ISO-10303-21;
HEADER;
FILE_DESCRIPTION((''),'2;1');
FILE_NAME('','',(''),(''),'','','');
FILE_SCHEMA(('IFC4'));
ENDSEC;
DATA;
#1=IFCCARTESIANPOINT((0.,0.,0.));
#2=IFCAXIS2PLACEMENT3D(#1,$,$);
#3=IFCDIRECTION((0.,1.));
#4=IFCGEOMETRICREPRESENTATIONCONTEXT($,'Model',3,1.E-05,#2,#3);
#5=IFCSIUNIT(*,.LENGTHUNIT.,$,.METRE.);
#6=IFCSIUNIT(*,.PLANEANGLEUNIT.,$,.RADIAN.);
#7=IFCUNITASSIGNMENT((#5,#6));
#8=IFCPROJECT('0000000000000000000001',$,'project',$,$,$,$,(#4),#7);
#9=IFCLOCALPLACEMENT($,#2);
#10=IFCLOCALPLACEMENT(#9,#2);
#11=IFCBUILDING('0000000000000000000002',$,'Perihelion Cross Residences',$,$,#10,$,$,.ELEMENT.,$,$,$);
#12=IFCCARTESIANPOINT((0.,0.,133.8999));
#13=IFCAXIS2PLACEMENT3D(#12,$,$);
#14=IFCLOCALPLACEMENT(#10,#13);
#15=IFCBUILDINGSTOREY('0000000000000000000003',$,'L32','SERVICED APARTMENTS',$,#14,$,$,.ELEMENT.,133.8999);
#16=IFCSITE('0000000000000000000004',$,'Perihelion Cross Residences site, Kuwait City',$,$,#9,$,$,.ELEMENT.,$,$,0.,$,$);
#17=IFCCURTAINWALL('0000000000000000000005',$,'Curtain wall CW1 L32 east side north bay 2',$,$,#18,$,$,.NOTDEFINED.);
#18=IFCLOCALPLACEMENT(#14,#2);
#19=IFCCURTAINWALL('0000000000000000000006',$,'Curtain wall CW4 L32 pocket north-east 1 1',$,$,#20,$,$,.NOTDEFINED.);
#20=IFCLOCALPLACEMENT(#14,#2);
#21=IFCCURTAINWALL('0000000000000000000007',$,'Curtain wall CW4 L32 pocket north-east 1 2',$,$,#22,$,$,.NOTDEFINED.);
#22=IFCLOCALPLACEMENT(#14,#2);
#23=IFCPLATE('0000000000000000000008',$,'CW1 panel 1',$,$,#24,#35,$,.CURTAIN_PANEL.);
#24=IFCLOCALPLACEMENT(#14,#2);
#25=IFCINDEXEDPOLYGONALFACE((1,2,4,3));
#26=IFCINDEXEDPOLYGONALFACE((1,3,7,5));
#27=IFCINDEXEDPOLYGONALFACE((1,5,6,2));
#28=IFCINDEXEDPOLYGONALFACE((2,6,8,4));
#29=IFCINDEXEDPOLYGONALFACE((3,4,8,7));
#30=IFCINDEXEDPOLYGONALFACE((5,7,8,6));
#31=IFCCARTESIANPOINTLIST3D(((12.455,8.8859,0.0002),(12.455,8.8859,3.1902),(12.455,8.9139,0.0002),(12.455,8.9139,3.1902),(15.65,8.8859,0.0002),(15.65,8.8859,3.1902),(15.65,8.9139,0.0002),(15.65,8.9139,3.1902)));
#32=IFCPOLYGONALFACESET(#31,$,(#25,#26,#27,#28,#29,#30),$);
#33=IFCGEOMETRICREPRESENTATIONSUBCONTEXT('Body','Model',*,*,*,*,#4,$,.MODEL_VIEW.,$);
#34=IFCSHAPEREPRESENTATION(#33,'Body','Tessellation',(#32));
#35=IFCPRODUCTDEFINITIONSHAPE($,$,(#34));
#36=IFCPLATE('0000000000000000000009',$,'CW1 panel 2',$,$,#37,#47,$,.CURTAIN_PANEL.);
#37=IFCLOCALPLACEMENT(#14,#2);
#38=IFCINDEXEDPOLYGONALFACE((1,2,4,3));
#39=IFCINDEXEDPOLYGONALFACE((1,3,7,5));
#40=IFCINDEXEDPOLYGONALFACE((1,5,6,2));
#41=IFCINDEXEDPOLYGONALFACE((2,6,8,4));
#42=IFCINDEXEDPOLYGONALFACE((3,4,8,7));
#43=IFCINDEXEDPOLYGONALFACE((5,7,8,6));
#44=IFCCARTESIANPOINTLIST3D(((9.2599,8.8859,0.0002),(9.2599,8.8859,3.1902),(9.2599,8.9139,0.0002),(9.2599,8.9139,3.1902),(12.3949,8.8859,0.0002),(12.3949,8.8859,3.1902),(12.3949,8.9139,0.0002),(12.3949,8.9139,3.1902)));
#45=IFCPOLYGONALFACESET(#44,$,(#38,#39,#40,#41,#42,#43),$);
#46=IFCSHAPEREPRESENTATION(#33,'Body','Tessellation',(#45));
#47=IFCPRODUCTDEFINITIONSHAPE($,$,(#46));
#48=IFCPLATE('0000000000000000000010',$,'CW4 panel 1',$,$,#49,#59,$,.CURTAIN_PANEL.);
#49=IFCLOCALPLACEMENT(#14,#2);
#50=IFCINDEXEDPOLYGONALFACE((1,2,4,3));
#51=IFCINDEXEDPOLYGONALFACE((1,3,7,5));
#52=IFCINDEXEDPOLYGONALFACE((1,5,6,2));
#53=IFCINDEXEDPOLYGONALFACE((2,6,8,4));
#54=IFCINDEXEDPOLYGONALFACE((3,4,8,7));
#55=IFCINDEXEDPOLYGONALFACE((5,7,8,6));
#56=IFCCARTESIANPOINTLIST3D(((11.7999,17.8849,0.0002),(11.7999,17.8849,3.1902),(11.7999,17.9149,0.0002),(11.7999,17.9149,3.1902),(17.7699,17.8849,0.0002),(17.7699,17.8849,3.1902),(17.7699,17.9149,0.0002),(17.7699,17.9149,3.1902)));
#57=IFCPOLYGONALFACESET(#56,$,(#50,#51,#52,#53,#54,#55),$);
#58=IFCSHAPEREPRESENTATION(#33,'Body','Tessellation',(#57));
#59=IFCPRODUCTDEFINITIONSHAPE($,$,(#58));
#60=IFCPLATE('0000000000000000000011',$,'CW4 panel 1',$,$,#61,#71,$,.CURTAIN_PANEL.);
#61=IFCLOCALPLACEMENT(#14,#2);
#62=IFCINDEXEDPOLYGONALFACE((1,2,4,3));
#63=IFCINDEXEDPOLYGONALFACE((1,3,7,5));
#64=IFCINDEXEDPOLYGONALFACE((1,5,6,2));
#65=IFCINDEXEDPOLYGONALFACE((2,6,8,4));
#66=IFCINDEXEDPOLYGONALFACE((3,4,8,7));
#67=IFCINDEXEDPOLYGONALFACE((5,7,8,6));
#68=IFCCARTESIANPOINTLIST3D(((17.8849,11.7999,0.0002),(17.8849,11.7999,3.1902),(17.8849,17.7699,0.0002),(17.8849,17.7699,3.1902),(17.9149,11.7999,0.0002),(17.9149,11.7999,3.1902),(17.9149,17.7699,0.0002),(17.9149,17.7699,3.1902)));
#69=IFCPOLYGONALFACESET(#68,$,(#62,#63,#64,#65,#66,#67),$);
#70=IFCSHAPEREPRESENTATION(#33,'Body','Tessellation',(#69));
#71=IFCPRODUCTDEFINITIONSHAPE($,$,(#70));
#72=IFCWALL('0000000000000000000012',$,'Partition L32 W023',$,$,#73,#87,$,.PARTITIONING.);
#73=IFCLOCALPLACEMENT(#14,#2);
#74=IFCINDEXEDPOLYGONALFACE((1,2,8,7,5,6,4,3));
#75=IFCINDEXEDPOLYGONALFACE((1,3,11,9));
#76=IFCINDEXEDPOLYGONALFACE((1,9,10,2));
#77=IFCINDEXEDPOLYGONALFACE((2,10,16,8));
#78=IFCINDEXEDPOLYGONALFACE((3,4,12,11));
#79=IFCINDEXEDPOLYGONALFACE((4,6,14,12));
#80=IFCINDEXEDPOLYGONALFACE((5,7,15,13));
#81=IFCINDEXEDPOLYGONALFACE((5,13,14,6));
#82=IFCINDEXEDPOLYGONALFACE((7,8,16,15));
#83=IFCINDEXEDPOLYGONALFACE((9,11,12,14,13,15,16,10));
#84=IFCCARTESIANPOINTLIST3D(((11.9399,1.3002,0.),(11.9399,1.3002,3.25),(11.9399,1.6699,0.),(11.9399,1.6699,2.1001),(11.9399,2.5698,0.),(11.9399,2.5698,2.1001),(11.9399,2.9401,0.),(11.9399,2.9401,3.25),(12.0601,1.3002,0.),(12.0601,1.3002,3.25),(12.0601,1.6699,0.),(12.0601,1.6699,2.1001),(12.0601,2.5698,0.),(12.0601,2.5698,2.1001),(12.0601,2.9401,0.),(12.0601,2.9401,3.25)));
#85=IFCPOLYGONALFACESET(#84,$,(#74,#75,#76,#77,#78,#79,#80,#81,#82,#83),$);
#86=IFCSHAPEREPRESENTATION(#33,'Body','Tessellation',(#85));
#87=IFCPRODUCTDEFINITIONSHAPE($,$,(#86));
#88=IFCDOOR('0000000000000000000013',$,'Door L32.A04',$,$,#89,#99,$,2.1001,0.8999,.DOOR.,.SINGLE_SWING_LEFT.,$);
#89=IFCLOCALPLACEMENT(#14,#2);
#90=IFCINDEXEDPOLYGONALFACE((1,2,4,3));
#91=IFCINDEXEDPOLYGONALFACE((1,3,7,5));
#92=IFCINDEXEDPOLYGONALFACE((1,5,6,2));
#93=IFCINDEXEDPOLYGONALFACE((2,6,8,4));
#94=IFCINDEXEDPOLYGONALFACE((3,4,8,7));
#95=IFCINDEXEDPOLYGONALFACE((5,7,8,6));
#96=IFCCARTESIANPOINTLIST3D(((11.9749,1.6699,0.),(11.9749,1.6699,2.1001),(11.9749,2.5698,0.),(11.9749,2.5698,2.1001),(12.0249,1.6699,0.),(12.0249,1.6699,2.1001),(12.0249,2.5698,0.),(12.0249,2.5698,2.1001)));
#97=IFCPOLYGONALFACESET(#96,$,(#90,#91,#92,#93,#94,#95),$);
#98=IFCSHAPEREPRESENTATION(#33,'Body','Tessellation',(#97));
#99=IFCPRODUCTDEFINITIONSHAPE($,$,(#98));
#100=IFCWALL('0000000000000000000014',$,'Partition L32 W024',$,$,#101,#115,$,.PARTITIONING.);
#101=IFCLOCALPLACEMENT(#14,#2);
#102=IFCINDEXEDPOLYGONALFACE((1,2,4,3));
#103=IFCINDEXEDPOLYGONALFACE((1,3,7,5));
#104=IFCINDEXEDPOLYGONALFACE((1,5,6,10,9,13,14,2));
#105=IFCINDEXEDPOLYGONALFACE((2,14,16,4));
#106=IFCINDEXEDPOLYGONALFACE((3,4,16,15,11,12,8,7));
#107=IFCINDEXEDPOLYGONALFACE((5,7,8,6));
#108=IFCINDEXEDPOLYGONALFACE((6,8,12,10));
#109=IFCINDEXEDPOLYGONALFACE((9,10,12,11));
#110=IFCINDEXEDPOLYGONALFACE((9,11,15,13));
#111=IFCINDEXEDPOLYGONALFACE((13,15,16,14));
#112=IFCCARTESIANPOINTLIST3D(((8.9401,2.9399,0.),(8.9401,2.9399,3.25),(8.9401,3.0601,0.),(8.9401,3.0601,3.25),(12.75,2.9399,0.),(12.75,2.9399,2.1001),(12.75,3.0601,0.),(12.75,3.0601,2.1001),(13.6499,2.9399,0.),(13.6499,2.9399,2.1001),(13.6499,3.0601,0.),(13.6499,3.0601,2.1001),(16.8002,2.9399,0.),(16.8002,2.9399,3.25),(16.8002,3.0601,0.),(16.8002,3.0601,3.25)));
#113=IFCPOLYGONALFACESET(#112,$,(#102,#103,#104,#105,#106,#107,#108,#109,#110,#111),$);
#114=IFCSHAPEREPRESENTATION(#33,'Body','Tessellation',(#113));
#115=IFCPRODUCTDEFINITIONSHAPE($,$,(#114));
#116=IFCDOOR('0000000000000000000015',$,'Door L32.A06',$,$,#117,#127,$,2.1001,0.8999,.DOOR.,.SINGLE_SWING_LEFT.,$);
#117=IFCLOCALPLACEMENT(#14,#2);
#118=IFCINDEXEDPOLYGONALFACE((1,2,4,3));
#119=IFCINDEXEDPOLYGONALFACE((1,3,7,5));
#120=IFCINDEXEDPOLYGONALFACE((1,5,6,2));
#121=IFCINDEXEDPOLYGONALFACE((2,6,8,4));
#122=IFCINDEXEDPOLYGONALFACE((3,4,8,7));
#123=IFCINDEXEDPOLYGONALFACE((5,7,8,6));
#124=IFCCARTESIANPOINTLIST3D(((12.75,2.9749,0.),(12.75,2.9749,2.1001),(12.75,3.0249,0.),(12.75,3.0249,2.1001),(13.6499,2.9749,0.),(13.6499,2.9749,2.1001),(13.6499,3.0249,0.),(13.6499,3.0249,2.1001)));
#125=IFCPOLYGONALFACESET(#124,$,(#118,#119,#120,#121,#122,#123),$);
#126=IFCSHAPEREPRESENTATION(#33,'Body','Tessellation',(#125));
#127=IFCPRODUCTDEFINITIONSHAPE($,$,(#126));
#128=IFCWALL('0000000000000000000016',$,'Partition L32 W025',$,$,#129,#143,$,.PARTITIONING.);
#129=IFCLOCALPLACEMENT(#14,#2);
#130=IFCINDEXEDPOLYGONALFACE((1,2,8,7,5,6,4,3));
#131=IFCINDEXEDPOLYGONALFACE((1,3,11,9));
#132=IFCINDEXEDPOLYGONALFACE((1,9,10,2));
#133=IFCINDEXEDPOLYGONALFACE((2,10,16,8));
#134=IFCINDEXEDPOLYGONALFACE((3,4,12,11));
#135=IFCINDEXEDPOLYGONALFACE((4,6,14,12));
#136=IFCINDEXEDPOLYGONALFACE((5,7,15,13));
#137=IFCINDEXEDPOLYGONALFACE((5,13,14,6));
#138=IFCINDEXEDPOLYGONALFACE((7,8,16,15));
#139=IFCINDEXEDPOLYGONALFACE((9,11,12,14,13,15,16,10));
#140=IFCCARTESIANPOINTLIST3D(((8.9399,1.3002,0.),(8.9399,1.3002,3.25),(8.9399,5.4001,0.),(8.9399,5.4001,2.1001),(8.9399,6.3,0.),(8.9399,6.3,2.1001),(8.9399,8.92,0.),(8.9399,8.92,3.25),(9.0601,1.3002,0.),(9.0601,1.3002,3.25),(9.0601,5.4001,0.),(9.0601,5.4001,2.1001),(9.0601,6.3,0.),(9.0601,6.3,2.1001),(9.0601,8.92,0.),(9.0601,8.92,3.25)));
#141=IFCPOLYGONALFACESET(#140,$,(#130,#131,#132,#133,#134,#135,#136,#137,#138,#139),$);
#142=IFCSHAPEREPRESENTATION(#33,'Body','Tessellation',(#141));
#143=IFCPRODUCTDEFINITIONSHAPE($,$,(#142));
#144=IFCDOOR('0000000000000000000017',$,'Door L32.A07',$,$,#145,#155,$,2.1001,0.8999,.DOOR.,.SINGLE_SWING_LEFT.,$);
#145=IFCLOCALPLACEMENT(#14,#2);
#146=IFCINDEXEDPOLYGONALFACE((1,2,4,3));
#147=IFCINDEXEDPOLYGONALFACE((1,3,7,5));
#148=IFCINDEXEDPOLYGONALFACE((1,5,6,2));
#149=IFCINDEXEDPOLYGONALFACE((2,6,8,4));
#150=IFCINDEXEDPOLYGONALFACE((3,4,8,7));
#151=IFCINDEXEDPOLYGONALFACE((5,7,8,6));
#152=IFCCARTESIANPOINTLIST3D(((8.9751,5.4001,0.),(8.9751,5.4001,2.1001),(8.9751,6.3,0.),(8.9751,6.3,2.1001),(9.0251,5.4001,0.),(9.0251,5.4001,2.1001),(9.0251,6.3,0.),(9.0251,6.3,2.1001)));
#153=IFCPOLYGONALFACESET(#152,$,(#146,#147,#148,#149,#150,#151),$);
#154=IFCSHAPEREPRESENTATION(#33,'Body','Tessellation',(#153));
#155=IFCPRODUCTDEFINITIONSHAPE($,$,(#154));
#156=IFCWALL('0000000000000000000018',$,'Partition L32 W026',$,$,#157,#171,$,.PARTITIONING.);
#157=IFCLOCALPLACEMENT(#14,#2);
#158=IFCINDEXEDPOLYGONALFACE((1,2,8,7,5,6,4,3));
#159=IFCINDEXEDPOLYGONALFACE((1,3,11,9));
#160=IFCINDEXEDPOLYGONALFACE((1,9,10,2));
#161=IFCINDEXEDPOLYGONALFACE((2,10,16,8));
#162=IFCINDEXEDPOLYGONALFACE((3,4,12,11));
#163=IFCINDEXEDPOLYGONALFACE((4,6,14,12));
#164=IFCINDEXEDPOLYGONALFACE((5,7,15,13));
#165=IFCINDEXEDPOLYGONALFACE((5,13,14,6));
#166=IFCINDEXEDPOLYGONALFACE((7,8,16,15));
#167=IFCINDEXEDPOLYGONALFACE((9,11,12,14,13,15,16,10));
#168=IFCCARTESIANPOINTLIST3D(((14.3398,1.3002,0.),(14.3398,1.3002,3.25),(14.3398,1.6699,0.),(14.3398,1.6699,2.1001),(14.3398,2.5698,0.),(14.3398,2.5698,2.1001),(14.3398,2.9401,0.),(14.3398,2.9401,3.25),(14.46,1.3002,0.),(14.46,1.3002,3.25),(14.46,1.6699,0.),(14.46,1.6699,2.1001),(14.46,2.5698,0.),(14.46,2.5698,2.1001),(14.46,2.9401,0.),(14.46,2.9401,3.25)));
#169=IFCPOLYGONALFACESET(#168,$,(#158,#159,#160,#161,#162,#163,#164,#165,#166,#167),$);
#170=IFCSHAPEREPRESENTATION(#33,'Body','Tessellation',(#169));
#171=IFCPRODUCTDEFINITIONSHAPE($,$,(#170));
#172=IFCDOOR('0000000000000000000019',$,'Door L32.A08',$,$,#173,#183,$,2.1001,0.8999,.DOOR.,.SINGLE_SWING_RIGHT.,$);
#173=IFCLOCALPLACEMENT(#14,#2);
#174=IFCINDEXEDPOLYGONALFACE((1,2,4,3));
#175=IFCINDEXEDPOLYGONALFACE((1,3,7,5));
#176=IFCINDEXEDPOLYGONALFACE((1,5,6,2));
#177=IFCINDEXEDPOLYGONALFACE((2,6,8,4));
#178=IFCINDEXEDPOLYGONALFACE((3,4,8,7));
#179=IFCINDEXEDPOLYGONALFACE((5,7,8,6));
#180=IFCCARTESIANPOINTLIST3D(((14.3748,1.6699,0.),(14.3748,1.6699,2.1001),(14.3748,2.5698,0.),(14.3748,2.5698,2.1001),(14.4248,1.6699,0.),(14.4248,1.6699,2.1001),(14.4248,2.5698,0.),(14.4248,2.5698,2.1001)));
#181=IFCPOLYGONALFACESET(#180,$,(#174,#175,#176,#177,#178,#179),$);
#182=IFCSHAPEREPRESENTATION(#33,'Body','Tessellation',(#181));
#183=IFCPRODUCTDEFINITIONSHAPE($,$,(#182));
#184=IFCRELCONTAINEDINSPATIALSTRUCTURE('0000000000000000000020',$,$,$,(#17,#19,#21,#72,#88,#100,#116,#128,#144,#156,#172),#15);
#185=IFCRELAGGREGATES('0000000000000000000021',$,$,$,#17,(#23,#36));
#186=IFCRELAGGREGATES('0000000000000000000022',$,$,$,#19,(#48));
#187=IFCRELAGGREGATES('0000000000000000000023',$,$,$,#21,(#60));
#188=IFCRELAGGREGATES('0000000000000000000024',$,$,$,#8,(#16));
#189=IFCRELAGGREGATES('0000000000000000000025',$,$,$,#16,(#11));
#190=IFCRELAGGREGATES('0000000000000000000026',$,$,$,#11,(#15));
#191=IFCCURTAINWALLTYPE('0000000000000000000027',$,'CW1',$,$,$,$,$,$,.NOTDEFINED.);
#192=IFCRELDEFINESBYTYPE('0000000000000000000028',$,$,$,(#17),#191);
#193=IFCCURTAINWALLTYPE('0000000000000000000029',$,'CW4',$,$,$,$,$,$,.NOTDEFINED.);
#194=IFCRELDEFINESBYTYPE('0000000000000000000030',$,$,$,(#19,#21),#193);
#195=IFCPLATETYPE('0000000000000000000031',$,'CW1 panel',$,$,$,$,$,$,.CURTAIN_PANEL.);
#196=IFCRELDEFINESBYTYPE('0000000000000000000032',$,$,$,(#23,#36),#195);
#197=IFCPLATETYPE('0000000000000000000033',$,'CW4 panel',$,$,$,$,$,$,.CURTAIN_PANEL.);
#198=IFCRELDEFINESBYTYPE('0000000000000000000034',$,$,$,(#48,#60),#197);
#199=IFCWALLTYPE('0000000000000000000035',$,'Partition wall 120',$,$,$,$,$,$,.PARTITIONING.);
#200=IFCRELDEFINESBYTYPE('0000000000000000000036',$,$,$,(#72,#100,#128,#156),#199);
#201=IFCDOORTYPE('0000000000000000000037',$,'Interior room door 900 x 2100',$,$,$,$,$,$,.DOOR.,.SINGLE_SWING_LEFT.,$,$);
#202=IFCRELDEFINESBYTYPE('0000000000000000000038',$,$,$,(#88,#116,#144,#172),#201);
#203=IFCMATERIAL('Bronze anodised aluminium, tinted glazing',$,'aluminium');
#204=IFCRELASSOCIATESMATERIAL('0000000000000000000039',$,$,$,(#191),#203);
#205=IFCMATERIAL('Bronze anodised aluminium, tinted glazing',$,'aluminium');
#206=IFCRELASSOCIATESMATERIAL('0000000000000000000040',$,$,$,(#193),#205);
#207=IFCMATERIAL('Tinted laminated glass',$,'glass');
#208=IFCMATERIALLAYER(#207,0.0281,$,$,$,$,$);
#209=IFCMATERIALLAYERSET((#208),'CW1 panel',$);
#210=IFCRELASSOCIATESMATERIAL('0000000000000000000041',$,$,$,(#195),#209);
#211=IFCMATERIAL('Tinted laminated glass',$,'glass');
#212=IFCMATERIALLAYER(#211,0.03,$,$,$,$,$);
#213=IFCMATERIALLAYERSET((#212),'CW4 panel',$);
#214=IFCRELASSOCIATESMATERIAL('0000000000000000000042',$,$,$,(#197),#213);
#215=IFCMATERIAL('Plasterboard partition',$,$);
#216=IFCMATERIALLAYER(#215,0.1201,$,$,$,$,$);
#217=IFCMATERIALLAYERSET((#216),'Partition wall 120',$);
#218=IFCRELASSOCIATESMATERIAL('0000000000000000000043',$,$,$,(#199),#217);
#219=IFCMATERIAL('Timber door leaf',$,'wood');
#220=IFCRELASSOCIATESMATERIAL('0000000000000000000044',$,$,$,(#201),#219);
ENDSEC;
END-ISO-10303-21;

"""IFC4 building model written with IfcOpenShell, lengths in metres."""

from ifc_helpers import new_model, si_unit, direction, frame, frame_2d, origin, origin_2d, place, context, subcontext, project, spatial, rectangle, extrude, material, layer, layer_set, type_object, element, fill, aggregate, save


model = new_model("IFC4")

# Units and contexts
model_context = context("Model", 3, precision=1e-05, world=origin(), true_north=direction((0.0, 1.0)))
body_context = subcontext(model_context, "Body", "Model", "MODEL_VIEW")
ifc_project = project(units=[si_unit("LENGTHUNIT", "METRE"), si_unit("PLANEANGLEUNIT", "RADIAN")], contexts=[model_context])

# Site, building, storey
site_placement = place(None, origin())
site = spatial("IfcSite", under=ifc_project, at=site_placement, Name="Perihelion Cross Residences site, Kuwait City", CompositionType="ELEMENT", RefElevation=0.0)
building_placement = place(site_placement, origin())
building = spatial("IfcBuilding", under=site, at=building_placement, Name="Perihelion Cross Residences", CompositionType="ELEMENT")
storey_placement = place(building_placement, frame((0.0, 0.0, 133.8999)))
storey = spatial("IfcBuildingStorey", under=building, at=storey_placement, Name="L32", Description="SERVICED APARTMENTS", CompositionType="ELEMENT", Elevation=133.8999)

# Curtain walls
ifc_material_1 = material(Name="Bronze anodised aluminium, tinted glazing", Category="aluminium")
curtain_wall_type_1 = type_object("IfcCurtainWallType", Name="CW1", PredefinedType="NOTDEFINED", material=ifc_material_1)
curtain_wall_1_placement = place(storey_placement, origin())
curtain_wall_1 = element("IfcCurtainWall", 1, at=curtain_wall_1_placement, inside=storey, type_object=curtain_wall_type_1, Name="Curtain wall CW1 L32 east side north bay 2", PredefinedType="NOTDEFINED")
ifc_material_2 = material(Name="Bronze anodised aluminium, tinted glazing", Category="aluminium")
curtain_wall_type_2 = type_object("IfcCurtainWallType", Name="CW4", PredefinedType="NOTDEFINED", material=ifc_material_2)
curtain_wall_2_placement = place(storey_placement, origin())
curtain_wall_2 = element("IfcCurtainWall", 2, at=curtain_wall_2_placement, inside=storey, type_object=curtain_wall_type_2, Name="Curtain wall CW4 L32 pocket north-east 1 1", PredefinedType="NOTDEFINED")
curtain_wall_3_placement = place(storey_placement, origin())
curtain_wall_3 = element("IfcCurtainWall", 3, at=curtain_wall_3_placement, inside=storey, type_object=curtain_wall_type_2, Name="Curtain wall CW4 L32 pocket north-east 1 2", PredefinedType="NOTDEFINED")

# Plates
ifc_material_3 = material(Name="Tinted laminated glass", Category="glass")
ifc_layer_1 = layer(ifc_material_3, 0.0281)
ifc_layer_set_1 = layer_set([ifc_layer_1], Name="CW1 panel")
plate_type_1 = type_object("IfcPlateType", Name="CW1 panel", PredefinedType="CURTAIN_PANEL", material=ifc_layer_set_1)
plate_1_placement = place(storey_placement, frame((14.0525, 8.8999, 0.0002), z_axis=(0.0, 0.0, 1.0), x_axis=(-1.0, 0.0, 0.0)))
plate_1 = element("IfcPlate", 4, at=plate_1_placement, type_object=plate_type_1, Name="CW1 panel 1", PredefinedType="CURTAIN_PANEL", context=body_context, shape_type="SweptSolid", body=[
    extrude(rectangle(XDim=3.1951, YDim=0.0281, at=origin_2d()), origin(), (0.0, 0.0, 1.0), 3.1899),
])
plate_2_placement = place(storey_placement, frame((10.8274, 8.8999, 0.0002), z_axis=(0.0, 0.0, 1.0), x_axis=(-1.0, 0.0, 0.0)))
plate_2 = element("IfcPlate", 5, at=plate_2_placement, type_object=plate_type_1, Name="CW1 panel 2", PredefinedType="CURTAIN_PANEL", context=body_context, shape_type="SweptSolid", body=[
    extrude(rectangle(XDim=3.135, YDim=0.0281, at=origin_2d()), origin(), (0.0, 0.0, 1.0), 3.1899),
])
aggregate(curtain_wall_1, [plate_1, plate_2])
ifc_material_4 = material(Name="Tinted laminated glass", Category="glass")
ifc_layer_2 = layer(ifc_material_4, 0.03)
ifc_layer_set_2 = layer_set([ifc_layer_2], Name="CW4 panel")
plate_type_2 = type_object("IfcPlateType", Name="CW4 panel", PredefinedType="CURTAIN_PANEL", material=ifc_layer_set_2)
plate_3_placement = place(storey_placement, frame((14.7849, 17.8999, 0.0002), z_axis=(0.0, 0.0, 1.0), x_axis=(1.0, 0.0, 0.0)))
plate_3 = element("IfcPlate", 6, at=plate_3_placement, type_object=plate_type_2, Name="CW4 panel 1", PredefinedType="CURTAIN_PANEL", context=body_context, shape_type="SweptSolid", body=[
    extrude(rectangle(XDim=5.97, YDim=0.03, at=origin_2d()), origin(), (0.0, 0.0, 1.0), 3.1899),
])
aggregate(curtain_wall_2, [plate_3])
plate_4_placement = place(storey_placement, frame((17.8999, 14.7849, 0.0002), z_axis=(0.0, 0.0, 1.0), x_axis=(0.0, -1.0, 0.0)))
plate_4 = element("IfcPlate", 7, at=plate_4_placement, type_object=plate_type_2, Name="CW4 panel 1", PredefinedType="CURTAIN_PANEL", context=body_context, shape_type="SweptSolid", body=[
    extrude(rectangle(XDim=5.97, YDim=0.03, at=origin_2d()), origin(), (0.0, 0.0, 1.0), 3.1899),
])
aggregate(curtain_wall_3, [plate_4])

# Walls, openings, doors
ifc_material_5 = material(Name="Plasterboard partition")
ifc_layer_3 = layer(ifc_material_5, 0.1201)
ifc_layer_set_3 = layer_set([ifc_layer_3], Name="Partition wall 120")
wall_type_1 = type_object("IfcWallType", Name="Partition wall 120", PredefinedType="PARTITIONING", material=ifc_layer_set_3)
wall_1_placement = place(storey_placement, frame((12.0, 2.9399, 0.0), z_axis=(0.0, 0.0, 1.0), x_axis=(0.0, -1.0, 0.0)))
wall_1 = element("IfcWall", 8, at=wall_1_placement, inside=storey, type_object=wall_type_1, Name="Partition L32 W023", PredefinedType="PARTITIONING", context=body_context, shape_type="SweptSolid", body=[
    extrude(rectangle(XDim=1.6399, YDim=0.1201, at=frame_2d((0.8198, 0.0))), origin(), (0.0, 0.0, 1.0), 3.25),
])
opening_1_placement = place(wall_1_placement, frame((0.3701, 0.0, 0.0)))
opening_1 = element("IfcOpeningElement", 9, at=opening_1_placement, cuts=wall_1, PredefinedType="OPENING", context=body_context, shape_type="SweptSolid", body=[
    extrude(rectangle(XDim=0.8999, YDim=2.1001, at=frame_2d((0.45, 1.05))), frame((0.0, 0.0701, 0.0), z_axis=(0.0, -1.0, 0.0), x_axis=(1.0, 0.0, 0.0)), (0.0, 0.0, 1.0), 0.1401),
])
ifc_material_6 = material(Name="Timber door leaf", Category="wood")
door_type_1 = type_object("IfcDoorType", Name="Interior room door 900 x 2100", OperationType="SINGLE_SWING_LEFT", PredefinedType="DOOR", material=ifc_material_6)
door_1_placement = place(opening_1_placement, origin())
door_1 = element("IfcDoor", 10, at=door_1_placement, inside=storey, type_object=door_type_1, Name="Door L32.A04", OperationType="SINGLE_SWING_LEFT", OverallHeight=2.1001, OverallWidth=0.8999, PredefinedType="DOOR", context=body_context, shape_type="SweptSolid", body=[
    extrude(rectangle(XDim=0.8999, YDim=2.1001, at=frame_2d((0.45, 1.05))), frame((0.0, 0.0249, 0.0), z_axis=(0.0, -1.0, 0.0), x_axis=(1.0, 0.0, 0.0)), (0.0, 0.0, 1.0), 0.05),
])
fill(opening_1, door_1)
wall_2_placement = place(storey_placement, frame((8.9399, 3.0, 0.0), z_axis=(0.0, 0.0, 1.0), x_axis=(1.0, 0.0, 0.0)))
wall_2 = element("IfcWall", 11, at=wall_2_placement, inside=storey, type_object=wall_type_1, Name="Partition L32 W024", PredefinedType="PARTITIONING", context=body_context, shape_type="SweptSolid", body=[
    extrude(rectangle(XDim=7.8601, YDim=0.1201, at=frame_2d((3.9302, 0.0))), origin(), (0.0, 0.0, 1.0), 3.25),
])
opening_2_placement = place(wall_2_placement, frame((3.8101, 0.0, 0.0)))
opening_2 = element("IfcOpeningElement", 12, at=opening_2_placement, cuts=wall_2, PredefinedType="OPENING", context=body_context, shape_type="SweptSolid", body=[
    extrude(rectangle(XDim=0.8999, YDim=2.1001, at=frame_2d((0.45, 1.05))), frame((0.0, 0.0701, 0.0), z_axis=(0.0, -1.0, 0.0), x_axis=(1.0, 0.0, 0.0)), (0.0, 0.0, 1.0), 0.1401),
])
door_2_placement = place(opening_2_placement, origin())
door_2 = element("IfcDoor", 13, at=door_2_placement, inside=storey, type_object=door_type_1, Name="Door L32.A06", OperationType="SINGLE_SWING_LEFT", OverallHeight=2.1001, OverallWidth=0.8999, PredefinedType="DOOR", context=body_context, shape_type="SweptSolid", body=[
    extrude(rectangle(XDim=0.8999, YDim=2.1001, at=frame_2d((0.45, 1.05))), frame((0.0, 0.0249, 0.0), z_axis=(0.0, -1.0, 0.0), x_axis=(1.0, 0.0, 0.0)), (0.0, 0.0, 1.0), 0.05),
])
fill(opening_2, door_2)
wall_3_placement = place(storey_placement, frame((9.0, 1.3, 0.0), z_axis=(0.0, 0.0, 1.0), x_axis=(0.0, 1.0, 0.0)))
wall_3 = element("IfcWall", 14, at=wall_3_placement, inside=storey, type_object=wall_type_1, Name="Partition L32 W025", PredefinedType="PARTITIONING", context=body_context, shape_type="SweptSolid", body=[
    extrude(rectangle(XDim=7.6199, YDim=0.1201, at=frame_2d((3.8101, 0.0))), origin(), (0.0, 0.0, 1.0), 3.25),
])
opening_3_placement = place(wall_3_placement, frame((4.1001, 0.0, 0.0)))
opening_3 = element("IfcOpeningElement", 15, at=opening_3_placement, cuts=wall_3, PredefinedType="OPENING", context=body_context, shape_type="SweptSolid", body=[
    extrude(rectangle(XDim=0.8999, YDim=2.1001, at=frame_2d((0.45, 1.05))), frame((0.0, 0.0701, 0.0), z_axis=(0.0, -1.0, 0.0), x_axis=(1.0, 0.0, 0.0)), (0.0, 0.0, 1.0), 0.1401),
])
door_3_placement = place(opening_3_placement, origin())
door_3 = element("IfcDoor", 16, at=door_3_placement, inside=storey, type_object=door_type_1, Name="Door L32.A07", OperationType="SINGLE_SWING_LEFT", OverallHeight=2.1001, OverallWidth=0.8999, PredefinedType="DOOR", context=body_context, shape_type="SweptSolid", body=[
    extrude(rectangle(XDim=0.8999, YDim=2.1001, at=frame_2d((0.45, 1.05))), frame((0.0, 0.0249, 0.0), z_axis=(0.0, -1.0, 0.0), x_axis=(1.0, 0.0, 0.0)), (0.0, 0.0, 1.0), 0.05),
])
fill(opening_3, door_3)
wall_4_placement = place(storey_placement, frame((14.3999, 2.9399, 0.0), z_axis=(0.0, 0.0, 1.0), x_axis=(0.0, -1.0, 0.0)))
wall_4 = element("IfcWall", 17, at=wall_4_placement, inside=storey, type_object=wall_type_1, Name="Partition L32 W026", PredefinedType="PARTITIONING", context=body_context, shape_type="SweptSolid", body=[
    extrude(rectangle(XDim=1.6399, YDim=0.1201, at=frame_2d((0.8198, 0.0))), origin(), (0.0, 0.0, 1.0), 3.25),
])
opening_4_placement = place(wall_4_placement, frame((0.3701, 0.0, 0.0)))
opening_4 = element("IfcOpeningElement", 18, at=opening_4_placement, cuts=wall_4, PredefinedType="OPENING", context=body_context, shape_type="SweptSolid", body=[
    extrude(rectangle(XDim=0.8999, YDim=2.1001, at=frame_2d((0.45, 1.05))), frame((0.0, 0.0701, 0.0), z_axis=(0.0, -1.0, 0.0), x_axis=(1.0, 0.0, 0.0)), (0.0, 0.0, 1.0), 0.1401),
])
door_4_placement = place(opening_4_placement, origin())
door_4 = element("IfcDoor", 19, at=door_4_placement, inside=storey, type_object=door_type_1, Name="Door L32.A08", OperationType="SINGLE_SWING_RIGHT", OverallHeight=2.1001, OverallWidth=0.8999, PredefinedType="DOOR", context=body_context, shape_type="SweptSolid", body=[
    extrude(rectangle(XDim=0.8999, YDim=2.1001, at=frame_2d((0.45, 1.05))), frame((0.0, 0.0249, 0.0), z_axis=(0.0, -1.0, 0.0), x_axis=(1.0, 0.0, 0.0)), (0.0, 0.0, 1.0), 0.05),
])
fill(opening_4, door_4)

save(model, "model.ifc")
